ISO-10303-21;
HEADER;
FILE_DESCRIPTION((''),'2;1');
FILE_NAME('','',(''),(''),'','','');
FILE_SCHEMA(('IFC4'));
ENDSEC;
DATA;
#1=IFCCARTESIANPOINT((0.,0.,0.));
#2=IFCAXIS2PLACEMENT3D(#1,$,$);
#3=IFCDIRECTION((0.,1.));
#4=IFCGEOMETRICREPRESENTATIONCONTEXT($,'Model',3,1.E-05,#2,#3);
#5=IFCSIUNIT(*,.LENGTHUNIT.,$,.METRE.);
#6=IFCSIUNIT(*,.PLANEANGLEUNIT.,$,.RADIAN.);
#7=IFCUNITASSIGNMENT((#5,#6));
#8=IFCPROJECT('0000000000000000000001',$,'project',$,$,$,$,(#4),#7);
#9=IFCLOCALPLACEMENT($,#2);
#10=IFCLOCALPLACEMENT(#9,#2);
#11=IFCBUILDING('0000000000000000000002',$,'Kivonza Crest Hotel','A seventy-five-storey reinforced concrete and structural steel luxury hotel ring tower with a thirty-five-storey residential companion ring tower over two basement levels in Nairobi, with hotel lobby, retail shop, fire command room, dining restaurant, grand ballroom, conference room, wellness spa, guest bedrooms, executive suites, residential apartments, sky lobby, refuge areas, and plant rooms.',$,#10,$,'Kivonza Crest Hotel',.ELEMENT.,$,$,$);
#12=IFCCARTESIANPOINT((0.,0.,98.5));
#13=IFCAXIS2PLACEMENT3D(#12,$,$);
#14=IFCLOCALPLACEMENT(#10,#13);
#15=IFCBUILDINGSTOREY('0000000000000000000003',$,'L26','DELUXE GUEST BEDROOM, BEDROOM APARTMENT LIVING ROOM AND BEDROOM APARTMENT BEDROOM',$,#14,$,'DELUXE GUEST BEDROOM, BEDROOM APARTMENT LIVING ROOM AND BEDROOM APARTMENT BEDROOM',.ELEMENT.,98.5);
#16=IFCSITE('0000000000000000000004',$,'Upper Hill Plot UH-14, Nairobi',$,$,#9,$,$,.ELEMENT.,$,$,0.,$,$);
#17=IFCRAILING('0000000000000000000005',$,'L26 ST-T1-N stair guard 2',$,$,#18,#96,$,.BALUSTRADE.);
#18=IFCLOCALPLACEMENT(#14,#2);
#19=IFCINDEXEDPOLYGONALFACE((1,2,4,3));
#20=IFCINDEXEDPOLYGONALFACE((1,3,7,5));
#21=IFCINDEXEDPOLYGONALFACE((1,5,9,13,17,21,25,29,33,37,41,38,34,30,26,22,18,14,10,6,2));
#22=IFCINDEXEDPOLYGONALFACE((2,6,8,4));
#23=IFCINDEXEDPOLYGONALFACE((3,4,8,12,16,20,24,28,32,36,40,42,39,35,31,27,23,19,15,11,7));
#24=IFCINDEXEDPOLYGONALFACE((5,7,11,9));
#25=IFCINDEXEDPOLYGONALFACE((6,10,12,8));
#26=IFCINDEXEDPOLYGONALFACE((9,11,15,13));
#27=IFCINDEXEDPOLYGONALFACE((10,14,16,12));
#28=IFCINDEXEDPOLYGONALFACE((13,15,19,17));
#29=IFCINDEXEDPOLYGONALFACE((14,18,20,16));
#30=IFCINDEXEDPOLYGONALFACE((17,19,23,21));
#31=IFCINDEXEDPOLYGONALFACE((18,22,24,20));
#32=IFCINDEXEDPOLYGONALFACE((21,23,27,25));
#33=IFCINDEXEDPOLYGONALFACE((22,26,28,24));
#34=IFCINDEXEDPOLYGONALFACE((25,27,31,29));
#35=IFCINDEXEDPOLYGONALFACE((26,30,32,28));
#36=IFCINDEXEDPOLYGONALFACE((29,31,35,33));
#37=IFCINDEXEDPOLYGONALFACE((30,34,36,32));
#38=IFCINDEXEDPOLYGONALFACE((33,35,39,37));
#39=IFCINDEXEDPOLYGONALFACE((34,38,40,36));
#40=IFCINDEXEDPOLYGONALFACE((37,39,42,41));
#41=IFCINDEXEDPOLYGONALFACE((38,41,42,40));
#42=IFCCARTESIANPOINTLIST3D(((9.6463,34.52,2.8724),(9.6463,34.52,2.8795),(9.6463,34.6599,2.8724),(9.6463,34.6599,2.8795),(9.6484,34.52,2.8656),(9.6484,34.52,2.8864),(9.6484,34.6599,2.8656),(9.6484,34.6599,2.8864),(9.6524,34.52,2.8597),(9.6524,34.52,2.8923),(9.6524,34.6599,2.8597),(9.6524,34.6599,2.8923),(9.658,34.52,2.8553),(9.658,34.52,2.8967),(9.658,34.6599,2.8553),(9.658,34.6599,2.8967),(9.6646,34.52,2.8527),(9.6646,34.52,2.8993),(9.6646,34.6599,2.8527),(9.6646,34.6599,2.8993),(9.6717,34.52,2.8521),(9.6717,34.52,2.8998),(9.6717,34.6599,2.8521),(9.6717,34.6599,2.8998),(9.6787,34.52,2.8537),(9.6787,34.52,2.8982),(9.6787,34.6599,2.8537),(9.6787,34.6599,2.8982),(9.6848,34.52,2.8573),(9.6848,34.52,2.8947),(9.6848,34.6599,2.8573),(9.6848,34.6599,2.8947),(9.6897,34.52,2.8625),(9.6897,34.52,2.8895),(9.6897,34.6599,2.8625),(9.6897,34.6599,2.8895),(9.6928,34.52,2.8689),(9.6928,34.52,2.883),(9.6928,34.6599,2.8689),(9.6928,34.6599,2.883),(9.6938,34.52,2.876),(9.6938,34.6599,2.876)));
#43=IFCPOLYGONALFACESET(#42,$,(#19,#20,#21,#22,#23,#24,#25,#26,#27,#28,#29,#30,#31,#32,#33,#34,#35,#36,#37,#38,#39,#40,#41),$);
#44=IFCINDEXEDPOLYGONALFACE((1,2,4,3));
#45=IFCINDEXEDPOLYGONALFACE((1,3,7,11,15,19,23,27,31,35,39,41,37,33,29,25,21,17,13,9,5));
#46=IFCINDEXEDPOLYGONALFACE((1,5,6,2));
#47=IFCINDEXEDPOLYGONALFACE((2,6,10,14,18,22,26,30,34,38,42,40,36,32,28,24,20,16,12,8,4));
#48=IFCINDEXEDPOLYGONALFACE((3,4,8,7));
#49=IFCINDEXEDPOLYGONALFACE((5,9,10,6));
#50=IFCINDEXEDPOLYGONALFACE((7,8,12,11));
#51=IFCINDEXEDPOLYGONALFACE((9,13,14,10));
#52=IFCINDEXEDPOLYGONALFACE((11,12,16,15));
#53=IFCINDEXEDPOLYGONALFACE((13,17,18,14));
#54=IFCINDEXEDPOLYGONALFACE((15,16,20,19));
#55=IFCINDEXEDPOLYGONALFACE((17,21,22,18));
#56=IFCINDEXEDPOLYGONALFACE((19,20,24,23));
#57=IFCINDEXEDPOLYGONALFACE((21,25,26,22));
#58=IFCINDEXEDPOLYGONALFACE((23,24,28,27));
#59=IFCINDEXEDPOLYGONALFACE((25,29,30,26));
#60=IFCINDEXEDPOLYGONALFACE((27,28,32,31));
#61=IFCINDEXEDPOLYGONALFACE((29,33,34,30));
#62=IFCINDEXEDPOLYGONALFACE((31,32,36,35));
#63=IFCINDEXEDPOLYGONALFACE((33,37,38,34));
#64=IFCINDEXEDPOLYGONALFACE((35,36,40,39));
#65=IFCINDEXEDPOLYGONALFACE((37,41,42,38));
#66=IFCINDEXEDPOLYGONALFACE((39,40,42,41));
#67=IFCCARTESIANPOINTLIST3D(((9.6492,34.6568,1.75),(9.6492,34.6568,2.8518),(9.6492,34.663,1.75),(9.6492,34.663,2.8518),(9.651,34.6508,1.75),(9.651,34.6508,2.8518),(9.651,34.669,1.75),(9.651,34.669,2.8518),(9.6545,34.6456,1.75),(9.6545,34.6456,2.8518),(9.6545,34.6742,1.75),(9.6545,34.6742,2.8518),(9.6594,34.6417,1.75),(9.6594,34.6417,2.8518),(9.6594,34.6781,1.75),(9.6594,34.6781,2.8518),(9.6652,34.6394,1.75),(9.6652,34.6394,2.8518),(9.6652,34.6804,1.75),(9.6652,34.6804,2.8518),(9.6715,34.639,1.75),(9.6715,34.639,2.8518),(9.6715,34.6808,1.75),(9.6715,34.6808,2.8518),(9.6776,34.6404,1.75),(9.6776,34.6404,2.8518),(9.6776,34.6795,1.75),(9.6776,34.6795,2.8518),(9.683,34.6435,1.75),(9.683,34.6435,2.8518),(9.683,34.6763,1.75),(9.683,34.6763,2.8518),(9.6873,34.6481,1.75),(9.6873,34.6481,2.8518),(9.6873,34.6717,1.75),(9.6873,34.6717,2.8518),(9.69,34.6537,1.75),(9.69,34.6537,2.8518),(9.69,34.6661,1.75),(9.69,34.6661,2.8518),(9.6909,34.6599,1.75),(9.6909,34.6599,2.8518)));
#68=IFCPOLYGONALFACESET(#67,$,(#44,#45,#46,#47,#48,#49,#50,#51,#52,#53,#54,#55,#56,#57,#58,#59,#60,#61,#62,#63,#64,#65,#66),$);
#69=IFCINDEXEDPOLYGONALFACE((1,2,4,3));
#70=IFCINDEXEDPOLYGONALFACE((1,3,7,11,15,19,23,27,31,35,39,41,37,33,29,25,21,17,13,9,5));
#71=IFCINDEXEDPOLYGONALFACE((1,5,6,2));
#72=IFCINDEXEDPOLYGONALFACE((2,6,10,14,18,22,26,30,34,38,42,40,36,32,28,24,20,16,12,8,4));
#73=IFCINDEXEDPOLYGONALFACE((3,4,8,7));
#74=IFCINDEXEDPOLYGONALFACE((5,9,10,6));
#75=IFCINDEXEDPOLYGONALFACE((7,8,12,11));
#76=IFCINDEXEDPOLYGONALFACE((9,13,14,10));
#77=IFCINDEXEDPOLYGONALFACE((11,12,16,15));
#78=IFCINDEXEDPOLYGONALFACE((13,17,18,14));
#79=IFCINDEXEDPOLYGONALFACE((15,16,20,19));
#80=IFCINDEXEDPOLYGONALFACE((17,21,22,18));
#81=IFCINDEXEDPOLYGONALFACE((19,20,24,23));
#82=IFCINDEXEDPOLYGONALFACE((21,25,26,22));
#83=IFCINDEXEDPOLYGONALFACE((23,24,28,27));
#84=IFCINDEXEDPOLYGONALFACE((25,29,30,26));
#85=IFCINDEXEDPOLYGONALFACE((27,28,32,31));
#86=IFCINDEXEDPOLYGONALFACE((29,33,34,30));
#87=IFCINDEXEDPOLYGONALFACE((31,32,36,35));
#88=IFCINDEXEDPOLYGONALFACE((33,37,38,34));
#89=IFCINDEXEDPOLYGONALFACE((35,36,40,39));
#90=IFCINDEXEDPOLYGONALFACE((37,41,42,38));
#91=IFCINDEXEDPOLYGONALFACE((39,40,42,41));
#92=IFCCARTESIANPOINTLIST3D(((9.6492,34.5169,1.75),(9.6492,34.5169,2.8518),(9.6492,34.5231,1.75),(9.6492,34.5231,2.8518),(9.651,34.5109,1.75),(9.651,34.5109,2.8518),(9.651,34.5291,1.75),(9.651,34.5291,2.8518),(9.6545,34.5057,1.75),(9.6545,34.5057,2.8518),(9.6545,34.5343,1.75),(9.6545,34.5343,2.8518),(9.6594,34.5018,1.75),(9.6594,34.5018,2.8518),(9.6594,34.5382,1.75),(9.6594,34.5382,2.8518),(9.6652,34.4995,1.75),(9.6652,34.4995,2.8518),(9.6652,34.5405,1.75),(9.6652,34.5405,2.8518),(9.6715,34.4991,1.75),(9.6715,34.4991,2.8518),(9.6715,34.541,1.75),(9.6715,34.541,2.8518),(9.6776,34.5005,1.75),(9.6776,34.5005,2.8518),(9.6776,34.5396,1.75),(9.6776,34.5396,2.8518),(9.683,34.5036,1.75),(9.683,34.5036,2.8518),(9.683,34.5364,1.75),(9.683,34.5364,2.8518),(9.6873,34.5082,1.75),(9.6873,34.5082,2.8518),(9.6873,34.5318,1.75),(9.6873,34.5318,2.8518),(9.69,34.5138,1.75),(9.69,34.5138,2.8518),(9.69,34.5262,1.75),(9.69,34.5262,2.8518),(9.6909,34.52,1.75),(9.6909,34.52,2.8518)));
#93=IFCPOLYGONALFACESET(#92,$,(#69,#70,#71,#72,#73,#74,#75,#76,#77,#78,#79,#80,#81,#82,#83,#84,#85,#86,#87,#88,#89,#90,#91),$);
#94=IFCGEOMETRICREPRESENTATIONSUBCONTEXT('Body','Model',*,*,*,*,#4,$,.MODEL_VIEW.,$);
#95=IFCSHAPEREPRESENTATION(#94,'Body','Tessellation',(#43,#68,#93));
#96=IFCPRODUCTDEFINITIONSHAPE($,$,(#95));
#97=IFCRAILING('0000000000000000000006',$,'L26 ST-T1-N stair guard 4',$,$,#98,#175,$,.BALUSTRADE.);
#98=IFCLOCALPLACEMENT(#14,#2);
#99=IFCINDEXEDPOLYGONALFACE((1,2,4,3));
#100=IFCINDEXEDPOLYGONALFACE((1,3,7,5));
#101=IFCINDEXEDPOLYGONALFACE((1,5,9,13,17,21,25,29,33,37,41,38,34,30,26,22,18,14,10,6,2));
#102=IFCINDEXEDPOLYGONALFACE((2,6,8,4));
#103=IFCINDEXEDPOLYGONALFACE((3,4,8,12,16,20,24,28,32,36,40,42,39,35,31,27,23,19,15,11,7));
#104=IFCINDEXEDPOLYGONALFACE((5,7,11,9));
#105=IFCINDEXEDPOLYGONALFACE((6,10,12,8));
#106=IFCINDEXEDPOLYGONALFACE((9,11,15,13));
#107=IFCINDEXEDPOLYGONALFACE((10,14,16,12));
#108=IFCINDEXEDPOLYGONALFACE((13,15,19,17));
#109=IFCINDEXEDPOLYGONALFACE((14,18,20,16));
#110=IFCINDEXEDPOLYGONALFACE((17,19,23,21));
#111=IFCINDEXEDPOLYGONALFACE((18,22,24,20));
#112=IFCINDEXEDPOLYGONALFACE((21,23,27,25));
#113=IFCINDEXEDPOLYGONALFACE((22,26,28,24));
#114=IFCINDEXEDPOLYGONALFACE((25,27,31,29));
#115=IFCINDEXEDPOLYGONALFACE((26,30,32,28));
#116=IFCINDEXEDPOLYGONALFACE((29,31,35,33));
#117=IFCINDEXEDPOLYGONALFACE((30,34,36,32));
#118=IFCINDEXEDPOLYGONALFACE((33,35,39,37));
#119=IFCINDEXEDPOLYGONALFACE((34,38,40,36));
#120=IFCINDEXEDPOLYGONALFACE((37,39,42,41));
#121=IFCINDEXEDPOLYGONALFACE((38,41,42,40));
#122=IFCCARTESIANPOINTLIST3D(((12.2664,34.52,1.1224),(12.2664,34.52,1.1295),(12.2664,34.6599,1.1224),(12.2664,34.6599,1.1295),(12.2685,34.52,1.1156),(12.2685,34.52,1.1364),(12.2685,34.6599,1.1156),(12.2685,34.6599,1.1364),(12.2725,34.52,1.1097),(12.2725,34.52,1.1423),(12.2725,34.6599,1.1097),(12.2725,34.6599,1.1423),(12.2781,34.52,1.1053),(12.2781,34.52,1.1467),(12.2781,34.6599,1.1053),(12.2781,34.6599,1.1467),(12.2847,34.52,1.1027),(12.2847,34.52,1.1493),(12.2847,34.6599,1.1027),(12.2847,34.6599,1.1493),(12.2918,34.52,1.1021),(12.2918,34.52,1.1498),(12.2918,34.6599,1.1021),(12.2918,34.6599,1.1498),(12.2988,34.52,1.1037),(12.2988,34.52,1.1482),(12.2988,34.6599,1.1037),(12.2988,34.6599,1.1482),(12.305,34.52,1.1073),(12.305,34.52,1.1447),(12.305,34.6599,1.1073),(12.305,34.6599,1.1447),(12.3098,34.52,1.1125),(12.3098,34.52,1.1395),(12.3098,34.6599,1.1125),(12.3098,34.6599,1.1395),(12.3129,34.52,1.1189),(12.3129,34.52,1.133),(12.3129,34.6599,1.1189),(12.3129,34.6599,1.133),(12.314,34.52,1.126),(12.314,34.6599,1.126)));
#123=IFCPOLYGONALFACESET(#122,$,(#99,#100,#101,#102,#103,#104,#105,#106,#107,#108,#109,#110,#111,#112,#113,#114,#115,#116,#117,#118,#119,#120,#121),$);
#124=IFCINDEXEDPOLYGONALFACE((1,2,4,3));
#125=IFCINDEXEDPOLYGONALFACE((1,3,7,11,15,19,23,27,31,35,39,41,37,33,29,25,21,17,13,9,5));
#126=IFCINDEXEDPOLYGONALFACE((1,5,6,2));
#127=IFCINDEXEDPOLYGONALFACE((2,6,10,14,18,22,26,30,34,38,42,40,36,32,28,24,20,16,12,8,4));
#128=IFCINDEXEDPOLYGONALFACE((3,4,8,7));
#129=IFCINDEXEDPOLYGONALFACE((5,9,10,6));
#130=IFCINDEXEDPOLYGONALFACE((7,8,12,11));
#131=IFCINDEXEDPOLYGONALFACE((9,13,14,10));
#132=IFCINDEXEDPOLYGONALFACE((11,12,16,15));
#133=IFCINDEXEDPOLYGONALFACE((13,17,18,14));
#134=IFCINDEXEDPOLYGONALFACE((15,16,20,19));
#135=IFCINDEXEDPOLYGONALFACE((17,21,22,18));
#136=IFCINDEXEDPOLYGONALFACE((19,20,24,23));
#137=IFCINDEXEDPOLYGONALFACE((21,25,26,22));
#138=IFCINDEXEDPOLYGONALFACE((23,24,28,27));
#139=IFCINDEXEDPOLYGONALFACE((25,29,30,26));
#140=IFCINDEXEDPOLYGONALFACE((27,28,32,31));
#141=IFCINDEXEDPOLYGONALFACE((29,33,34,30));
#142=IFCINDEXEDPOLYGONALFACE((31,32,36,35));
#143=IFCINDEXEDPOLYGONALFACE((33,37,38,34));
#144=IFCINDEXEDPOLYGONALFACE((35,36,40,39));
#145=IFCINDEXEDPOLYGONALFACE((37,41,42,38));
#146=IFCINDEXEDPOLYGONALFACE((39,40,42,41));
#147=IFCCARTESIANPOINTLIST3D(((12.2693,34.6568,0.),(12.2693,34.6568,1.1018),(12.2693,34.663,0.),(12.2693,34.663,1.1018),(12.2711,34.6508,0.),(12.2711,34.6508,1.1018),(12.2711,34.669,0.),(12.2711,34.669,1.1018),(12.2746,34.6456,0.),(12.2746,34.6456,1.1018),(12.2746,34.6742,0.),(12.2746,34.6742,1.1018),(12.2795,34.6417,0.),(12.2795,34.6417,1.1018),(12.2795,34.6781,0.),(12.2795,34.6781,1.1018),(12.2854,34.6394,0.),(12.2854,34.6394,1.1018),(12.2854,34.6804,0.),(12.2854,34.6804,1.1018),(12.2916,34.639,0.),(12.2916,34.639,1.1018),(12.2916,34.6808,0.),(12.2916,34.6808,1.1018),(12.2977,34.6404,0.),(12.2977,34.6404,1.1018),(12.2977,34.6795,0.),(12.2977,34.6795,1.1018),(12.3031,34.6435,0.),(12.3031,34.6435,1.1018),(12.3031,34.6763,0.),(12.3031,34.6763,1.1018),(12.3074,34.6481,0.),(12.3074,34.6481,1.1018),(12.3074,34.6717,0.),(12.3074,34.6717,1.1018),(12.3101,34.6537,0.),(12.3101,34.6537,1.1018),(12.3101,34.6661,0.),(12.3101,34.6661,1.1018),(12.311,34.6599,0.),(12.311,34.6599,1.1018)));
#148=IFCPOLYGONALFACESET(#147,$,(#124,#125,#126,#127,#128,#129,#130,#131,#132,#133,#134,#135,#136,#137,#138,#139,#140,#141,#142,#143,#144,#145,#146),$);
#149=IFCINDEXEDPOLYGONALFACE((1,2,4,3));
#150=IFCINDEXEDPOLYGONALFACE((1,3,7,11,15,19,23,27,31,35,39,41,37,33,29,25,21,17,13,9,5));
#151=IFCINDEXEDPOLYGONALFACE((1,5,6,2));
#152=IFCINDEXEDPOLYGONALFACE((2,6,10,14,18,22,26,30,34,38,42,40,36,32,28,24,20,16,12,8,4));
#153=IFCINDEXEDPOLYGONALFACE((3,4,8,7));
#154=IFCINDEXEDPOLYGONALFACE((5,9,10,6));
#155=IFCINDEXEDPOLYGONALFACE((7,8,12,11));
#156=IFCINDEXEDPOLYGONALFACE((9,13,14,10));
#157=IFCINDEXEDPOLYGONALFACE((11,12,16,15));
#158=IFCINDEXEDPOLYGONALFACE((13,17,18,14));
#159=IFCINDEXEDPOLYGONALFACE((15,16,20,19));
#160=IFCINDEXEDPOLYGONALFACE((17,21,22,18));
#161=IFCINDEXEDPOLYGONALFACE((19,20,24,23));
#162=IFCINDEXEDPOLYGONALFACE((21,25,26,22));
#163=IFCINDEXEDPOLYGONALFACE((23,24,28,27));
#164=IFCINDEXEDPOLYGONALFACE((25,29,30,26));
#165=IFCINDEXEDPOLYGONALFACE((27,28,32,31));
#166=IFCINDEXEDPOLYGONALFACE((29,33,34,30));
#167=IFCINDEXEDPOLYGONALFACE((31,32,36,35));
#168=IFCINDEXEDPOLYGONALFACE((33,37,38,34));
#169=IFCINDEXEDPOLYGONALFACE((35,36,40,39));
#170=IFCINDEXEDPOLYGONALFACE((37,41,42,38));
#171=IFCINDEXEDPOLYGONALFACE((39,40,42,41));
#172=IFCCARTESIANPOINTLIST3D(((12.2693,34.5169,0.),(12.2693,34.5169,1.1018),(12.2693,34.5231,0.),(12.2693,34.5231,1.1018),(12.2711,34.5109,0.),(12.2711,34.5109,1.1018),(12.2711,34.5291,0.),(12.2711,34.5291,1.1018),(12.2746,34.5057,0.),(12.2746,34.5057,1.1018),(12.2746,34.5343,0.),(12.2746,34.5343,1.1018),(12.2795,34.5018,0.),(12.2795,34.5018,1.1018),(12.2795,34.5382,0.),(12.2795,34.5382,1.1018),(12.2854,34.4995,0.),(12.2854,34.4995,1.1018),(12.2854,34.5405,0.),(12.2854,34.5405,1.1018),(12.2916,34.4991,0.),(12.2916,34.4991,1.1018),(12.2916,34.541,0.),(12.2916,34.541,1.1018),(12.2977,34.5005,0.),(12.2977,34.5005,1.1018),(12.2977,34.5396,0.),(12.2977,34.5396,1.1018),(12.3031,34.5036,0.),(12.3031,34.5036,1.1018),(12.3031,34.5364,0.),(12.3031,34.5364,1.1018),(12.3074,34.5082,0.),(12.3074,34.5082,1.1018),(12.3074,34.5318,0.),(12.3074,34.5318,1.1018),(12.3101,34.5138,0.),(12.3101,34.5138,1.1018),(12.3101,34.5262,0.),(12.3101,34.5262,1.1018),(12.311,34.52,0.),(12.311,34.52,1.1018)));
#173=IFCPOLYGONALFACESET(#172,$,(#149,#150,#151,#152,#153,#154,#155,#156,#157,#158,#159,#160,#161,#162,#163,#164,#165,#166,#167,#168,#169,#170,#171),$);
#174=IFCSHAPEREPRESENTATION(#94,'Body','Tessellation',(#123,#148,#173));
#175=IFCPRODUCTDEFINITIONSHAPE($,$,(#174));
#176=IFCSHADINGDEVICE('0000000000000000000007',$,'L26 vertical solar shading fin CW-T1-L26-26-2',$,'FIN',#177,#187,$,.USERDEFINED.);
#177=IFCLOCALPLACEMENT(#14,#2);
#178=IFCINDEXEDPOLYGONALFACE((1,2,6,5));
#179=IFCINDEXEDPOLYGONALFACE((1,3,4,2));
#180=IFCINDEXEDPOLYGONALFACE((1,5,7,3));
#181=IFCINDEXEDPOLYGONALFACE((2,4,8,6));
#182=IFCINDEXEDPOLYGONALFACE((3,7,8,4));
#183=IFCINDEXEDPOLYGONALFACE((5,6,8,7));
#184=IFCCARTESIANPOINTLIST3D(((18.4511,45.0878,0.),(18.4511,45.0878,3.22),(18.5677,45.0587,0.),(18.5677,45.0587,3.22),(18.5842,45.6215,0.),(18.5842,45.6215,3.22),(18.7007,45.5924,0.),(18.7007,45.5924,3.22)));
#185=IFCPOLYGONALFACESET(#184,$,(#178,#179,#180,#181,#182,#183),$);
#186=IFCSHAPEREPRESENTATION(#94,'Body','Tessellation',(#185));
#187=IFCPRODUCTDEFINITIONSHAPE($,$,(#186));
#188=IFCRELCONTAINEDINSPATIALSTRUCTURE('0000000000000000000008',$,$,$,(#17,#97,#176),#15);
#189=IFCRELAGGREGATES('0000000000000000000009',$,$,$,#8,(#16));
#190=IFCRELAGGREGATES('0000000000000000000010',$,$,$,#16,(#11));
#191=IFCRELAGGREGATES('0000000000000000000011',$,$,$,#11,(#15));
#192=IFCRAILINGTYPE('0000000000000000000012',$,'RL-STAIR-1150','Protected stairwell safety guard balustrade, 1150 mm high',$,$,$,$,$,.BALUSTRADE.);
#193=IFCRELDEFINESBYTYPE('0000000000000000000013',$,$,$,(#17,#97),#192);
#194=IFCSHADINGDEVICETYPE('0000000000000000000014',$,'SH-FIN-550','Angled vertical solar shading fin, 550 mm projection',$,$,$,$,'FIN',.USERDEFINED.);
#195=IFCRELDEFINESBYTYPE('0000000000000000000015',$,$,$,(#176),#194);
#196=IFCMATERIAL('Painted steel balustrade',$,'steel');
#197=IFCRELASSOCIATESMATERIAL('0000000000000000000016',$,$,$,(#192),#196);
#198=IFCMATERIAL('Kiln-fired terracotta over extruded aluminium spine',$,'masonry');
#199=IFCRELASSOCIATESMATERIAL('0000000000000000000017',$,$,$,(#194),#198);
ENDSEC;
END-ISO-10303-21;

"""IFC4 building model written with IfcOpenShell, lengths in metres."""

from ifc_helpers import new_model, si_unit, direction, frame, origin, origin_2d, place, context, subcontext, project, spatial, rectangle, circle, extrude, material, type_object, element, save


model = new_model("IFC4")

# Units and contexts
model_context = context("Model", 3, precision=1e-05, world=origin(), true_north=direction((0.0, 1.0)))
body_context = subcontext(model_context, "Body", "Model", "MODEL_VIEW")
ifc_project = project(units=[si_unit("LENGTHUNIT", "METRE"), si_unit("PLANEANGLEUNIT", "RADIAN")], contexts=[model_context])

# Site, building, storey
site_placement = place(None, origin())
site = spatial("IfcSite", under=ifc_project, at=site_placement, Name="Upper Hill Plot UH-14, Nairobi", CompositionType="ELEMENT", RefElevation=0.0)
building_placement = place(site_placement, origin())
building = spatial("IfcBuilding", under=site, at=building_placement, Name="Kivonza Crest Hotel", Description="A seventy-five-storey reinforced concrete and structural steel luxury hotel ring tower with a thirty-five-storey residential companion ring tower over two basement levels in Nairobi, with hotel lobby, retail shop, fire command room, dining restaurant, grand ballroom, conference room, wellness spa, guest bedrooms, executive suites, residential apartments, sky lobby, refuge areas, and plant rooms.", LongName="Kivonza Crest Hotel", CompositionType="ELEMENT")
storey_placement = place(building_placement, frame((0.0, 0.0, 98.5)))
storey = spatial("IfcBuildingStorey", under=building, at=storey_placement, Name="L26", Description="DELUXE GUEST BEDROOM, BEDROOM APARTMENT LIVING ROOM AND BEDROOM APARTMENT BEDROOM", LongName="DELUXE GUEST BEDROOM, BEDROOM APARTMENT LIVING ROOM AND BEDROOM APARTMENT BEDROOM", CompositionType="ELEMENT", Elevation=98.5)

# Railings
ifc_material_1 = material(Name="Painted steel balustrade", Category="steel")
railing_type_1 = type_object("IfcRailingType", Name="RL-STAIR-1150", Description="Protected stairwell safety guard balustrade, 1150 mm high", PredefinedType="BALUSTRADE", material=ifc_material_1)
for number, where, name in (
    (1, (9.6699, 34.6599, 1.75), "L26 ST-T1-N stair guard 2"),
    (2, (12.29, 34.6599, 0.0), "L26 ST-T1-N stair guard 4"),
):
    element("IfcRailing", number, at=place(storey_placement, frame(where)), inside=storey, type_object=railing_type_1, Name=name, PredefinedType="BALUSTRADE", context=body_context, shape_type="SweptSolid", body=[
        extrude(circle(Radius=0.0239, at=origin_2d()), frame((0.0, 0.0, 1.126), z_axis=(0.0, -1.0, 0.0), x_axis=(1.0, 0.0, 0.0)), (0.0, 0.0, 1.0), 0.1399),
        extrude(circle(Radius=0.021, at=origin_2d()), origin(), (0.0, 0.0, 1.0), 1.1018),
        extrude(circle(Radius=0.021, at=origin_2d()), frame((0.0, -0.1399, 0.0)), (0.0, 0.0, 1.0), 1.1018),
    ])

# Shading device
ifc_material_2 = material(Name="Kiln-fired terracotta over extruded aluminium spine", Category="masonry")
shading_device_type = type_object("IfcShadingDeviceType", Name="SH-FIN-550", Description="Angled vertical solar shading fin, 550 mm projection", ElementType="FIN", PredefinedType="USERDEFINED", material=ifc_material_2)
shading_device_placement = place(storey_placement, frame((18.5759, 45.3401, 0.0), z_axis=(0.0, 0.0, 1.0), x_axis=(-0.970296, 0.241922, 0.0)))
element("IfcShadingDevice", 3, at=shading_device_placement, inside=storey, type_object=shading_device_type, Name="L26 vertical solar shading fin CW-T1-L26-26-2", ObjectType="FIN", PredefinedType="USERDEFINED", context=body_context, shape_type="SweptSolid", body=[
    extrude(rectangle(XDim=0.1201, YDim=0.55, at=origin_2d()), origin(), (0.0, 0.0, 1.0), 3.22),
])

save(model, "model.ifc")
